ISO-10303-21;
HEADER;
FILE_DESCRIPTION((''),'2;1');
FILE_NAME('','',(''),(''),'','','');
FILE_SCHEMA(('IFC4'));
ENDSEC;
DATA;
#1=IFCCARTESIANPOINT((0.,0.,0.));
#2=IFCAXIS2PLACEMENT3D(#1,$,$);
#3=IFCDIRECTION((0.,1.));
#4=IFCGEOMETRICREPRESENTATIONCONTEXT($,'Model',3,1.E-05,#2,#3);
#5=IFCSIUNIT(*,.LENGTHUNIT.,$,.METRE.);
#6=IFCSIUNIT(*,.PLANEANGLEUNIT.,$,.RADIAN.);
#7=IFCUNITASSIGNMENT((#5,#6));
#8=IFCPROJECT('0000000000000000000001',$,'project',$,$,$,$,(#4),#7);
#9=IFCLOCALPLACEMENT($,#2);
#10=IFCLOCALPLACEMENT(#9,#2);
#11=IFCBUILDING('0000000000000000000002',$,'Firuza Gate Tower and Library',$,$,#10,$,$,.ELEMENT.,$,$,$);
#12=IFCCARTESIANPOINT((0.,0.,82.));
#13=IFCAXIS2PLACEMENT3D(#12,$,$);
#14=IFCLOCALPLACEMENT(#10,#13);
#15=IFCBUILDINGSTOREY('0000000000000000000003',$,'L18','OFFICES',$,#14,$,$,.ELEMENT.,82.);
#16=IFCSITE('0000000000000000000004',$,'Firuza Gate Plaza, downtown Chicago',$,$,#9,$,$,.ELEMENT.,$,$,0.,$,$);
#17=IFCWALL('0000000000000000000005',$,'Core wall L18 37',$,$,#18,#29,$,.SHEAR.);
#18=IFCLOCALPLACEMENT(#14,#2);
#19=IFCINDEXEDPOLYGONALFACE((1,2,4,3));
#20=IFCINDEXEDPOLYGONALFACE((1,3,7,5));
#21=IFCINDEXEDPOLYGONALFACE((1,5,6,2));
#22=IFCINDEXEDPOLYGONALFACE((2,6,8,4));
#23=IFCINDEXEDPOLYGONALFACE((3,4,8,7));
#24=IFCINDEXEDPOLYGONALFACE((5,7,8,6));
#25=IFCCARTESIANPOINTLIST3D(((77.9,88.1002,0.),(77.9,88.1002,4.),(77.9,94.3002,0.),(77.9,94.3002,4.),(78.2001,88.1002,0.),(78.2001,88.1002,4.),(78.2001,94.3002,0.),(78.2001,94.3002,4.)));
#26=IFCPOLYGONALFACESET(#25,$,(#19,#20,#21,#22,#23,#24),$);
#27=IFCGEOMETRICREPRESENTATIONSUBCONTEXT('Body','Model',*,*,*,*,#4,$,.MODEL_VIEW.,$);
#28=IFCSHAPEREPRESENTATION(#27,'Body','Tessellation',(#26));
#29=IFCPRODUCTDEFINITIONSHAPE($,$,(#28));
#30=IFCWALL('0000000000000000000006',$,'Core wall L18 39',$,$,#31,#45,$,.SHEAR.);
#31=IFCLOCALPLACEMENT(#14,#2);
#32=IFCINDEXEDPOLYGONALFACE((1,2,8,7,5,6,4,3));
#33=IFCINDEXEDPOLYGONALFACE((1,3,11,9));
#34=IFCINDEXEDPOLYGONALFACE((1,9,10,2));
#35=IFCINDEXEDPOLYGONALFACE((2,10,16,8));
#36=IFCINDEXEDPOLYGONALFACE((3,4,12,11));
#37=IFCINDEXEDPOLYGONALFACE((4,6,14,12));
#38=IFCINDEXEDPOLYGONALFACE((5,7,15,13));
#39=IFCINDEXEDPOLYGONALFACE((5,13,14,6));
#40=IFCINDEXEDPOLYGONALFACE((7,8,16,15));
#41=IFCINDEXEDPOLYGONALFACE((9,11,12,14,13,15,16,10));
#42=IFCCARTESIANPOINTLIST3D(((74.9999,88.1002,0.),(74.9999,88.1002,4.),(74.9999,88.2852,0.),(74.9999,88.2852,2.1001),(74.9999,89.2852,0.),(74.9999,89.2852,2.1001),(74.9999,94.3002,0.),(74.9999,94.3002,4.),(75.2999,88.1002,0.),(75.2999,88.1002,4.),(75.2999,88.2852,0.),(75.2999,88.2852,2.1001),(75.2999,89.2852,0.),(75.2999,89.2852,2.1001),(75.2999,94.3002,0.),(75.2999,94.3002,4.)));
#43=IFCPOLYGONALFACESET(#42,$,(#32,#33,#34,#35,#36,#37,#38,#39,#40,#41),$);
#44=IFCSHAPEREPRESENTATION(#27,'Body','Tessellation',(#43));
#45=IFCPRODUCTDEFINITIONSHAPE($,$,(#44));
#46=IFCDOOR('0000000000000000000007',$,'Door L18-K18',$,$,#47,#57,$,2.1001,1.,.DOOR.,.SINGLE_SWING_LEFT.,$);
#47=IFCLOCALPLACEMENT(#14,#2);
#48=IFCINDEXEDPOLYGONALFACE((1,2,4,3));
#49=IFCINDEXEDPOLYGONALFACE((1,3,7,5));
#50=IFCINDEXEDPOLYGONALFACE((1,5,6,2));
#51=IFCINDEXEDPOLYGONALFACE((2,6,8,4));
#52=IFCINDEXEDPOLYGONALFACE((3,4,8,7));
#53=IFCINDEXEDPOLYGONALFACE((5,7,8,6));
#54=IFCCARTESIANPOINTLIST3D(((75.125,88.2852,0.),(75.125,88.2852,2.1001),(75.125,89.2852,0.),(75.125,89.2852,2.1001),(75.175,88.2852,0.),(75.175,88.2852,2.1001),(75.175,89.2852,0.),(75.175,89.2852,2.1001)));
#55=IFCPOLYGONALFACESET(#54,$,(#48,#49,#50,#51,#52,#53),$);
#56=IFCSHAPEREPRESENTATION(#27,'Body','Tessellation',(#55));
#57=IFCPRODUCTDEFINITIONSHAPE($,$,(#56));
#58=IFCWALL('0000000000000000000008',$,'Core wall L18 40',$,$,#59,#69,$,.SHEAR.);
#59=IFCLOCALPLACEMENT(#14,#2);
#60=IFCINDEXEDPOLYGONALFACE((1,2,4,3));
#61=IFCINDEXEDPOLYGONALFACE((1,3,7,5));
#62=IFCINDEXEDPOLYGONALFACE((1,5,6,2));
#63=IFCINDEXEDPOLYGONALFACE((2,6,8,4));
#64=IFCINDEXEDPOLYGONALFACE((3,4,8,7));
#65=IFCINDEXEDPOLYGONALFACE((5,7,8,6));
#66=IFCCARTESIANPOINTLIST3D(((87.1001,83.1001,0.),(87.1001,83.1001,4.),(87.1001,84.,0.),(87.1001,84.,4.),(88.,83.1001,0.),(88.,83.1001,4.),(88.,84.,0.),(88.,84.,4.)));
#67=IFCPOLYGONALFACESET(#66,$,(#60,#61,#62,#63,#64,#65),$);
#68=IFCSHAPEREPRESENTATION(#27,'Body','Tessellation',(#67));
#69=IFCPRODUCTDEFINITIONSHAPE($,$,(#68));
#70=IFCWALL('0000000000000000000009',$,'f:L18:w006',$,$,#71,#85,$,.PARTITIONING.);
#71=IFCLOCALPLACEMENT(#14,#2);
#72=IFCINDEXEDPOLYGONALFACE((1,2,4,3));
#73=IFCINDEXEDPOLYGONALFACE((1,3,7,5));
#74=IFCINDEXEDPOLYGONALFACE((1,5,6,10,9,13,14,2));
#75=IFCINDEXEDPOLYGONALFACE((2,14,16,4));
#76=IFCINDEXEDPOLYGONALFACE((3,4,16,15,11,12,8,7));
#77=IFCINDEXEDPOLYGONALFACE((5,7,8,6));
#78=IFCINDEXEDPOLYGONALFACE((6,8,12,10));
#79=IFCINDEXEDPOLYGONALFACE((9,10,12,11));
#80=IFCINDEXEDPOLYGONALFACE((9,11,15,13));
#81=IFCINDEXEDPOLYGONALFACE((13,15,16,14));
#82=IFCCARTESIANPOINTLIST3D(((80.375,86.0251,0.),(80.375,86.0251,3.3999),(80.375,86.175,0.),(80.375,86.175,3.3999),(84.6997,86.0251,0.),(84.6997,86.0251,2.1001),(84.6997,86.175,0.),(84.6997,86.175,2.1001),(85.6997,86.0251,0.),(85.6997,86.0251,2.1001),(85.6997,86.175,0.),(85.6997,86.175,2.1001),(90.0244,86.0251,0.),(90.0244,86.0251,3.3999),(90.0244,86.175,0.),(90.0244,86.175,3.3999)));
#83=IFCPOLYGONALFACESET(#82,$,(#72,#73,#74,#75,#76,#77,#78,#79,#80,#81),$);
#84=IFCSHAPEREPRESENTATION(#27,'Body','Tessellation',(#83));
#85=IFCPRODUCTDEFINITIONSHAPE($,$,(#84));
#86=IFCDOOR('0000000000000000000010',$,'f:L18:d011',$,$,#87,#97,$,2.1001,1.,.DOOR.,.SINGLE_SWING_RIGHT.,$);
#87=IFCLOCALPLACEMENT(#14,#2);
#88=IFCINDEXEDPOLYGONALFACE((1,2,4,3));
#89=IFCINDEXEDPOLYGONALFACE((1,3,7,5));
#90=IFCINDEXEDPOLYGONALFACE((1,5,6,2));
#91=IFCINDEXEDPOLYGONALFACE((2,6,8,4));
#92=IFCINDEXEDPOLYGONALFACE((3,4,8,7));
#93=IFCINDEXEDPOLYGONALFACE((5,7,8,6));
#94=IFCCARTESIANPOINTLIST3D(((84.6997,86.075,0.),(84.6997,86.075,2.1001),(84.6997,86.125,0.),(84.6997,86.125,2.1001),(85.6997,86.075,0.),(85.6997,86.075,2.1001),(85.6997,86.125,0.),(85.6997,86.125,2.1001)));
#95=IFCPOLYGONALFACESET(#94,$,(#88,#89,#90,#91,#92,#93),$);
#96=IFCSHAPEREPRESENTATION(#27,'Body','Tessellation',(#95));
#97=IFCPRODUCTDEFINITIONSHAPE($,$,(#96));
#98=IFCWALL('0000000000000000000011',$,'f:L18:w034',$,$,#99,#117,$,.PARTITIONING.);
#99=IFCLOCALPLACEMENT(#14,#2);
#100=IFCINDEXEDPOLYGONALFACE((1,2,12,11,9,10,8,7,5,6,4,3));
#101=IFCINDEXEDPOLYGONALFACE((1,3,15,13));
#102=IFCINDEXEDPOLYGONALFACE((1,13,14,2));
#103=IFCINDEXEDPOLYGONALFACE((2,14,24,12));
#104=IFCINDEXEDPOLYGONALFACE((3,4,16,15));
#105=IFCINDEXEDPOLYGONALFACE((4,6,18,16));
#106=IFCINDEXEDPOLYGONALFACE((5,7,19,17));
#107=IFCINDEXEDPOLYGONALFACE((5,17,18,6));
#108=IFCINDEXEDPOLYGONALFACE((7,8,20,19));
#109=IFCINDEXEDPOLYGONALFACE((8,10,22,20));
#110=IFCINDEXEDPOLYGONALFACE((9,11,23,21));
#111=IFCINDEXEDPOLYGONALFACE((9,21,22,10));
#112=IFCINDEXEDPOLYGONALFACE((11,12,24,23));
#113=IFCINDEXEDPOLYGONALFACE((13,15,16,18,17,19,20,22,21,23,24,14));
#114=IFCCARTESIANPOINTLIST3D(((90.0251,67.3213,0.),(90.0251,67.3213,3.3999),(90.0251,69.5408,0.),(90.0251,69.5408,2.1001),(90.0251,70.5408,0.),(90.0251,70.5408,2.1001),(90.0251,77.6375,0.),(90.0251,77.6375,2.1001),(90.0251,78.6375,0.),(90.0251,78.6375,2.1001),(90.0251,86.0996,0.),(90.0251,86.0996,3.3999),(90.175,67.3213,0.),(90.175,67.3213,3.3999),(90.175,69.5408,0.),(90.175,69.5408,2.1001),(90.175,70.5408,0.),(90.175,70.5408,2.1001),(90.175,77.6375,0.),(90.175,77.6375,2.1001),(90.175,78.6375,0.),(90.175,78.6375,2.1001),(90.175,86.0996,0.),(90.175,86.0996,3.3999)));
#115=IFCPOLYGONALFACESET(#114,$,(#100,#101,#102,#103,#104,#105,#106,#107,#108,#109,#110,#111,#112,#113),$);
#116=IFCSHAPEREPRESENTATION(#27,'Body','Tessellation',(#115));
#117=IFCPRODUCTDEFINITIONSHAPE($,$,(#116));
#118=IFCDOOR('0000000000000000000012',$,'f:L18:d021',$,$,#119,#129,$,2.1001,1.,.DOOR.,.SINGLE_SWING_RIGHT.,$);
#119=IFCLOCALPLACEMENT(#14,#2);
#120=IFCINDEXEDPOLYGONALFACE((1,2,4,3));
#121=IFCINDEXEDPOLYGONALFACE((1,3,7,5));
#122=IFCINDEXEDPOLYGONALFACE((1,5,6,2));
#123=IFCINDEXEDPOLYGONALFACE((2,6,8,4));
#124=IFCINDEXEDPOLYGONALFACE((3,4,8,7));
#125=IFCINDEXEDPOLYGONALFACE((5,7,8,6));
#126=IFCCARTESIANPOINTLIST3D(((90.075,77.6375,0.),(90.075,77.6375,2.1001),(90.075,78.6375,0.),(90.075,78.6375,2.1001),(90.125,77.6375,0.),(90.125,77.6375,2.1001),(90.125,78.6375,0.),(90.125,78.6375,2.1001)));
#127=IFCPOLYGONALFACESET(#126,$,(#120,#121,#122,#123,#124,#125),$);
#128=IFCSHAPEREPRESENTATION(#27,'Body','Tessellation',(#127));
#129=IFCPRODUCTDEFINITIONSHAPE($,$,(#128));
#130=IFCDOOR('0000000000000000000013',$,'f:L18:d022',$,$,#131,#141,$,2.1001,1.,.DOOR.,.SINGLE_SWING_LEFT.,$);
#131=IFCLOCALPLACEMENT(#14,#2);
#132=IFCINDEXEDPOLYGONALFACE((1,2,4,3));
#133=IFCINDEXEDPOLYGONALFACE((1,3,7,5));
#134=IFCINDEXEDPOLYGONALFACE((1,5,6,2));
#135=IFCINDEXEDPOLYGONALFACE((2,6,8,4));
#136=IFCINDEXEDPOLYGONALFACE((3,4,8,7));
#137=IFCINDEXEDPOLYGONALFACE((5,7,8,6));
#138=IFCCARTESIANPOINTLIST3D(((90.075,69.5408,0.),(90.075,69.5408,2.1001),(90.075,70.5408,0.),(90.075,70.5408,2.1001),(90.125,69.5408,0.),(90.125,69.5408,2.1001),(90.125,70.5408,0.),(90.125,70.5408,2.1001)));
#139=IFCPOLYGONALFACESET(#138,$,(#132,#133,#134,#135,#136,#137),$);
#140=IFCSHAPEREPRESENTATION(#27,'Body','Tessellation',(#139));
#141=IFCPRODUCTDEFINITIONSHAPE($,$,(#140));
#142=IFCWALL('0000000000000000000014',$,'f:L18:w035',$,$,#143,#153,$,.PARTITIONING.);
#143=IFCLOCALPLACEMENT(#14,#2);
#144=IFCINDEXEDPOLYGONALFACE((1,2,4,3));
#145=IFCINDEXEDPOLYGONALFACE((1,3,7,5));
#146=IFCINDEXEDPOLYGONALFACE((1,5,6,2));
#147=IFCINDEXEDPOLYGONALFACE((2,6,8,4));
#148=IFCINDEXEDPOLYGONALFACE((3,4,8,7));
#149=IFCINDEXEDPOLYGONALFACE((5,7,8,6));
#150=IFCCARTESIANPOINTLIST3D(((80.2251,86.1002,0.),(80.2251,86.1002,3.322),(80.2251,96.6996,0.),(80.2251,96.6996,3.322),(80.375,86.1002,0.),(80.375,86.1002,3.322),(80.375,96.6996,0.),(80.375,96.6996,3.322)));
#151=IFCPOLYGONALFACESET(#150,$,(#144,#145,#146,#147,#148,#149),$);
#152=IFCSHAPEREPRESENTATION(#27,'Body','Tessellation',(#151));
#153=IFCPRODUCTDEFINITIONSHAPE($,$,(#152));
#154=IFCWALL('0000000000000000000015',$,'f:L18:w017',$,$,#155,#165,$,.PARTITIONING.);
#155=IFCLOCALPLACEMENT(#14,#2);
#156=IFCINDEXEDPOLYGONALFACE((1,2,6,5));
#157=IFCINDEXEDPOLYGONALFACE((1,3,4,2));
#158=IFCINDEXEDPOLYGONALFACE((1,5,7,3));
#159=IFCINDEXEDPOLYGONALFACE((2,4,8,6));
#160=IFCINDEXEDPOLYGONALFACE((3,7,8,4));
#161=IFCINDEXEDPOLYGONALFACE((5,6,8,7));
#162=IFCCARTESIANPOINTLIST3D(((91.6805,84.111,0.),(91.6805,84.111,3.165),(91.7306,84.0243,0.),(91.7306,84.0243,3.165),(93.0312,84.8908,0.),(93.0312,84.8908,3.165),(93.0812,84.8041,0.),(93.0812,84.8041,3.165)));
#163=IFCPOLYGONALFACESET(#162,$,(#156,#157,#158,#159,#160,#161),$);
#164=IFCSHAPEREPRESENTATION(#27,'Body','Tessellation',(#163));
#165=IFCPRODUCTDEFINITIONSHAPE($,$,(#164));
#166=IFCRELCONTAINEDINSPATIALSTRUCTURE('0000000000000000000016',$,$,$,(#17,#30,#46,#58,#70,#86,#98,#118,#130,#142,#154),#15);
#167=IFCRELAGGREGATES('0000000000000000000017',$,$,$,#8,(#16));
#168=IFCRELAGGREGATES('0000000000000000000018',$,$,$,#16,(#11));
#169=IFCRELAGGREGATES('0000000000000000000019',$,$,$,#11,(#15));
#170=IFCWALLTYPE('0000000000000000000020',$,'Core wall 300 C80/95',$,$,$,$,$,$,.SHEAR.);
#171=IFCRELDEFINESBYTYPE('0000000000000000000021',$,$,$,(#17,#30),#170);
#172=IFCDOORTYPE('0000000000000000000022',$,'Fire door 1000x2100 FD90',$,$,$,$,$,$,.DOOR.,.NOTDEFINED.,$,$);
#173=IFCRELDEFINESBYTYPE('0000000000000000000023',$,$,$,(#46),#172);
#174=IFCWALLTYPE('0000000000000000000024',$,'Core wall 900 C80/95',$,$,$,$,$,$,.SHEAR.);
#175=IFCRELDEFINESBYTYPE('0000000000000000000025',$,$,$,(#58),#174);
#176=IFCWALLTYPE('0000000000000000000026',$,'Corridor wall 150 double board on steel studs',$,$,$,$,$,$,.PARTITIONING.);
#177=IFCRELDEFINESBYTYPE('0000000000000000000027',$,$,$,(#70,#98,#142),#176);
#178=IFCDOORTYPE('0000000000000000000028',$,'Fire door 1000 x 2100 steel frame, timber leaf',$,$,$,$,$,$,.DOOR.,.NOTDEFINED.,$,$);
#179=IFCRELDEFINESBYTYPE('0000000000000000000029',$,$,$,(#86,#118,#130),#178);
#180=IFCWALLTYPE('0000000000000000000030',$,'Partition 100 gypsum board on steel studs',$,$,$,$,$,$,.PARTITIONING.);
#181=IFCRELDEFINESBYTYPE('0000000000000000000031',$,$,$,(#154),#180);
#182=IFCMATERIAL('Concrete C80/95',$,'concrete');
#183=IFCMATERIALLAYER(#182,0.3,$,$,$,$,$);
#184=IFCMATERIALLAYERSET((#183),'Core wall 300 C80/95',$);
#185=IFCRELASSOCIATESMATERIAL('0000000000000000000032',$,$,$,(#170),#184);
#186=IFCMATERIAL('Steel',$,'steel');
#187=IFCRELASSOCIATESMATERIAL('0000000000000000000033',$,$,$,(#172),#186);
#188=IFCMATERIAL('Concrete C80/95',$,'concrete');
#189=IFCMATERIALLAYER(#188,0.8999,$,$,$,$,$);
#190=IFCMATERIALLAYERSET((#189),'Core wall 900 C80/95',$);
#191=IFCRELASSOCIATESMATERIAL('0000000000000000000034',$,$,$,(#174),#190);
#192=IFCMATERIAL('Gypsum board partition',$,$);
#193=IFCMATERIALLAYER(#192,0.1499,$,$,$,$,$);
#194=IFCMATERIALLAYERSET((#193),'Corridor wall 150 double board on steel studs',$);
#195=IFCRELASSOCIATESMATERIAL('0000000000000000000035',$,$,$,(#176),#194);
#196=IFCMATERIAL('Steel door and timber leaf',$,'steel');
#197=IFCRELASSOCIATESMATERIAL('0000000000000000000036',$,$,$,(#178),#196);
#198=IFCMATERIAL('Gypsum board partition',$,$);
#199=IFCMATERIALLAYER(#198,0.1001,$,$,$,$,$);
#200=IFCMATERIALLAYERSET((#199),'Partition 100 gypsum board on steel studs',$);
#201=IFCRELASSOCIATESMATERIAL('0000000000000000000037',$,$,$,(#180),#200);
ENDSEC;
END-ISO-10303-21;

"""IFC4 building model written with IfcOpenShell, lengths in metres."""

from ifc_helpers import new_model, si_unit, direction, frame, frame_2d, origin, place, context, subcontext, project, spatial, rectangle, extrude, material, layer, layer_set, type_object, element, fill, save


model = new_model("IFC4")

# Units and contexts
model_context = context("Model", 3, precision=1e-05, world=origin(), true_north=direction((0.0, 1.0)))
body_context = subcontext(model_context, "Body", "Model", "MODEL_VIEW")
ifc_project = project(units=[si_unit("LENGTHUNIT", "METRE"), si_unit("PLANEANGLEUNIT", "RADIAN")], contexts=[model_context])

# Site, building, storey
site_placement = place(None, origin())
site = spatial("IfcSite", under=ifc_project, at=site_placement, Name="Firuza Gate Plaza, downtown Chicago", CompositionType="ELEMENT", RefElevation=0.0)
building_placement = place(site_placement, origin())
building = spatial("IfcBuilding", under=site, at=building_placement, Name="Firuza Gate Tower and Library", CompositionType="ELEMENT")
storey_placement = place(building_placement, frame((0.0, 0.0, 82.0)))
storey = spatial("IfcBuildingStorey", under=building, at=storey_placement, Name="L18", Description="OFFICES", CompositionType="ELEMENT", Elevation=82.0)

# Shared definitions
ifc_material_1 = material(Name="Concrete C80/95", Category="concrete")
ifc_layer_1 = layer(ifc_material_1, 0.3)
ifc_layer_set_1 = layer_set([ifc_layer_1], Name="Core wall 300 C80/95")
wall_type_1 = type_object("IfcWallType", Name="Core wall 300 C80/95", PredefinedType="SHEAR", material=ifc_layer_set_1)

# Shared definitions
ifc_material_2 = material(Name="Steel", Category="steel")
door_type_1 = type_object("IfcDoorType", Name="Fire door 1000x2100 FD90", OperationType="NOTDEFINED", PredefinedType="DOOR", material=ifc_material_2)

# Wall
wall_1_placement = place(storey_placement, frame((78.05, 88.1001, 0.0), z_axis=(0.0, 0.0, 1.0), x_axis=(0.0, 1.0, 0.0)))
element("IfcWall", 1, at=wall_1_placement, inside=storey, type_object=wall_type_1, Name="Core wall L18 37", PredefinedType="SHEAR", context=body_context, shape_type="SweptSolid", body=[
    extrude(rectangle(XDim=6.2, YDim=0.3, at=frame_2d((3.1001, 0.0))), origin(), (0.0, 0.0, 1.0), 4.0),
])

# Wall, opening, door
wall_2_placement = place(storey_placement, frame((75.1499, 88.1001, 0.0), z_axis=(0.0, 0.0, 1.0), x_axis=(0.0, 1.0, 0.0)))
wall_2 = element("IfcWall", 2, at=wall_2_placement, inside=storey, type_object=wall_type_1, Name="Core wall L18 39", PredefinedType="SHEAR", context=body_context, shape_type="SweptSolid", body=[
    extrude(rectangle(XDim=6.2, YDim=0.3, at=frame_2d((3.1001, 0.0))), origin(), (0.0, 0.0, 1.0), 4.0),
])
opening_1_placement = place(wall_2_placement, frame((0.1851, 0.0, 0.0)))
opening_1 = element("IfcOpeningElement", 3, at=opening_1_placement, cuts=wall_2, PredefinedType="OPENING", context=body_context, shape_type="SweptSolid", body=[
    extrude(rectangle(XDim=1.0, YDim=2.1001, at=frame_2d((0.5, 1.05))), frame((0.0, 0.1602, 0.0), z_axis=(0.0, -1.0, 0.0), x_axis=(1.0, 0.0, 0.0)), (0.0, 0.0, 1.0), 0.3201),
])
door_1_placement = place(opening_1_placement, origin())
door_1 = element("IfcDoor", 4, at=door_1_placement, inside=storey, type_object=door_type_1, Name="Door L18-K18", OperationType="SINGLE_SWING_LEFT", OverallHeight=2.1001, OverallWidth=1.0, PredefinedType="DOOR", context=body_context, shape_type="SweptSolid", body=[
    extrude(rectangle(XDim=1.0, YDim=2.1001, at=frame_2d((0.5, 1.05))), frame((0.0, 0.0249, 0.0), z_axis=(0.0, -1.0, 0.0), x_axis=(1.0, 0.0, 0.0)), (0.0, 0.0, 1.0), 0.05),
])
fill(opening_1, door_1)

# Wall
ifc_material_3 = material(Name="Concrete C80/95", Category="concrete")
ifc_layer_2 = layer(ifc_material_3, 0.8999)
ifc_layer_set_2 = layer_set([ifc_layer_2], Name="Core wall 900 C80/95")
wall_type_2 = type_object("IfcWallType", Name="Core wall 900 C80/95", PredefinedType="SHEAR", material=ifc_layer_set_2)
wall_3_placement = place(storey_placement, frame((87.1001, 83.55, 0.0), z_axis=(0.0, 0.0, 1.0), x_axis=(1.0, 0.0, 0.0)))
element("IfcWall", 5, at=wall_3_placement, inside=storey, type_object=wall_type_2, Name="Core wall L18 40", PredefinedType="SHEAR", context=body_context, shape_type="SweptSolid", body=[
    extrude(rectangle(XDim=0.8999, YDim=0.8999, at=frame_2d((0.45, 0.0))), origin(), (0.0, 0.0, 1.0), 4.0),
])

# Wall, opening, door
ifc_material_4 = material(Name="Gypsum board partition")
ifc_layer_3 = layer(ifc_material_4, 0.1499)
ifc_layer_set_3 = layer_set([ifc_layer_3], Name="Corridor wall 150 double board on steel studs")
wall_type_3 = type_object("IfcWallType", Name="Corridor wall 150 double board on steel studs", PredefinedType="PARTITIONING", material=ifc_layer_set_3)
wall_4_placement = place(storey_placement, frame((80.375, 86.1001, 0.0), z_axis=(0.0, 0.0, 1.0), x_axis=(1.0, 0.0, 0.0)))
wall_4 = element("IfcWall", 6, at=wall_4_placement, inside=storey, type_object=wall_type_3, Name="f:L18:w006", PredefinedType="PARTITIONING", context=body_context, shape_type="SweptSolid", body=[
    extrude(rectangle(XDim=9.6494, YDim=0.1499, at=frame_2d((4.8247, 0.0))), origin(), (0.0, 0.0, 1.0), 3.3999),
])
opening_2_placement = place(wall_4_placement, frame((4.3247, 0.0, 0.0)))
opening_2 = element("IfcOpeningElement", 7, at=opening_2_placement, cuts=wall_4, PredefinedType="OPENING", context=body_context, shape_type="SweptSolid", body=[
    extrude(rectangle(XDim=1.0, YDim=2.1001, at=frame_2d((0.5, 1.05))), frame((0.0, 0.085, 0.0), z_axis=(0.0, -1.0, 0.0), x_axis=(1.0, 0.0, 0.0)), (0.0, 0.0, 1.0), 0.1699),
])
ifc_material_5 = material(Name="Steel door and timber leaf", Category="steel")
door_type_2 = type_object("IfcDoorType", Name="Fire door 1000 x 2100 steel frame, timber leaf", OperationType="NOTDEFINED", PredefinedType="DOOR", material=ifc_material_5)
door_2_placement = place(opening_2_placement, origin())
door_2 = element("IfcDoor", 8, at=door_2_placement, inside=storey, type_object=door_type_2, Name="f:L18:d011", OperationType="SINGLE_SWING_RIGHT", OverallHeight=2.1001, OverallWidth=1.0, PredefinedType="DOOR", context=body_context, shape_type="SweptSolid", body=[
    extrude(rectangle(XDim=1.0, YDim=2.1001, at=frame_2d((0.5, 1.05))), frame((0.0, 0.0249, 0.0), z_axis=(0.0, -1.0, 0.0), x_axis=(1.0, 0.0, 0.0)), (0.0, 0.0, 1.0), 0.05),
])
fill(opening_2, door_2)

# Wall, openings, doors
wall_5_placement = place(storey_placement, frame((90.1001, 86.0996, 0.0), z_axis=(0.0, 0.0, 1.0), x_axis=(0.0, -1.0, 0.0)))
wall_5 = element("IfcWall", 9, at=wall_5_placement, inside=storey, type_object=wall_type_3, Name="f:L18:w034", PredefinedType="PARTITIONING", context=body_context, shape_type="SweptSolid", body=[
    extrude(rectangle(XDim=18.7783, YDim=0.1499, at=frame_2d((9.3892, 0.0))), origin(), (0.0, 0.0, 1.0), 3.3999),
])
opening_3_placement = place(wall_5_placement, frame((7.4622, 0.0, 0.0)))
opening_3 = element("IfcOpeningElement", 10, at=opening_3_placement, cuts=wall_5, PredefinedType="OPENING", context=body_context, shape_type="SweptSolid", body=[
    extrude(rectangle(XDim=1.0, YDim=2.1001, at=frame_2d((0.5, 1.05))), frame((0.0, 0.085, 0.0), z_axis=(0.0, -1.0, 0.0), x_axis=(1.0, 0.0, 0.0)), (0.0, 0.0, 1.0), 0.1699),
])
opening_4_placement = place(wall_5_placement, frame((15.5588, 0.0, 0.0)))
opening_4 = element("IfcOpeningElement", 11, at=opening_4_placement, cuts=wall_5, PredefinedType="OPENING", context=body_context, shape_type="SweptSolid", body=[
    extrude(rectangle(XDim=1.0, YDim=2.1001, at=frame_2d((0.5, 1.05))), frame((0.0, 0.085, 0.0), z_axis=(0.0, -1.0, 0.0), x_axis=(1.0, 0.0, 0.0)), (0.0, 0.0, 1.0), 0.1699),
])
door_3_placement = place(opening_3_placement, origin())
door_3 = element("IfcDoor", 12, at=door_3_placement, inside=storey, type_object=door_type_2, Name="f:L18:d021", OperationType="SINGLE_SWING_RIGHT", OverallHeight=2.1001, OverallWidth=1.0, PredefinedType="DOOR", context=body_context, shape_type="SweptSolid", body=[
    extrude(rectangle(XDim=1.0, YDim=2.1001, at=frame_2d((0.5, 1.05))), frame((0.0, 0.0249, 0.0), z_axis=(0.0, -1.0, 0.0), x_axis=(1.0, 0.0, 0.0)), (0.0, 0.0, 1.0), 0.05),
])
fill(opening_3, door_3)
door_4_placement = place(opening_4_placement, origin())
door_4 = element("IfcDoor", 13, at=door_4_placement, inside=storey, type_object=door_type_2, Name="f:L18:d022", OperationType="SINGLE_SWING_LEFT", OverallHeight=2.1001, OverallWidth=1.0, PredefinedType="DOOR", context=body_context, shape_type="SweptSolid", body=[
    extrude(rectangle(XDim=1.0, YDim=2.1001, at=frame_2d((0.5, 1.05))), frame((0.0, 0.0249, 0.0), z_axis=(0.0, -1.0, 0.0), x_axis=(1.0, 0.0, 0.0)), (0.0, 0.0, 1.0), 0.05),
])
fill(opening_4, door_4)

# Walls
wall_6_placement = place(storey_placement, frame((80.3, 86.1001, 0.0), z_axis=(0.0, 0.0, 1.0), x_axis=(0.0, 1.0, 0.0)))
element("IfcWall", 14, at=wall_6_placement, inside=storey, type_object=wall_type_3, Name="f:L18:w035", PredefinedType="PARTITIONING", context=body_context, shape_type="SweptSolid", body=[
    extrude(rectangle(XDim=10.5994, YDim=0.1499, at=frame_2d((5.2998, 0.0))), origin(), (0.0, 0.0, 1.0), 3.322),
])
ifc_material_6 = material(Name="Gypsum board partition")
ifc_layer_4 = layer(ifc_material_6, 0.1001)
ifc_layer_set_4 = layer_set([ifc_layer_4], Name="Partition 100 gypsum board on steel studs")
wall_type_4 = type_object("IfcWallType", Name="Partition 100 gypsum board on steel studs", PredefinedType="PARTITIONING", material=ifc_layer_set_4)
wall_7_placement = place(storey_placement, frame((91.7056, 84.0676, 0.0), z_axis=(0.0, 0.0, 1.0), x_axis=(0.866019, 0.500012, 0.0)))
element("IfcWall", 15, at=wall_7_placement, inside=storey, type_object=wall_type_4, Name="f:L18:w017", PredefinedType="PARTITIONING", context=body_context, shape_type="SweptSolid", body=[
    extrude(rectangle(XDim=1.5596, YDim=0.1001, at=frame_2d((0.7798, 0.0))), origin(), (0.0, 0.0, 1.0), 3.165),
])

save(model, "model.ifc")
